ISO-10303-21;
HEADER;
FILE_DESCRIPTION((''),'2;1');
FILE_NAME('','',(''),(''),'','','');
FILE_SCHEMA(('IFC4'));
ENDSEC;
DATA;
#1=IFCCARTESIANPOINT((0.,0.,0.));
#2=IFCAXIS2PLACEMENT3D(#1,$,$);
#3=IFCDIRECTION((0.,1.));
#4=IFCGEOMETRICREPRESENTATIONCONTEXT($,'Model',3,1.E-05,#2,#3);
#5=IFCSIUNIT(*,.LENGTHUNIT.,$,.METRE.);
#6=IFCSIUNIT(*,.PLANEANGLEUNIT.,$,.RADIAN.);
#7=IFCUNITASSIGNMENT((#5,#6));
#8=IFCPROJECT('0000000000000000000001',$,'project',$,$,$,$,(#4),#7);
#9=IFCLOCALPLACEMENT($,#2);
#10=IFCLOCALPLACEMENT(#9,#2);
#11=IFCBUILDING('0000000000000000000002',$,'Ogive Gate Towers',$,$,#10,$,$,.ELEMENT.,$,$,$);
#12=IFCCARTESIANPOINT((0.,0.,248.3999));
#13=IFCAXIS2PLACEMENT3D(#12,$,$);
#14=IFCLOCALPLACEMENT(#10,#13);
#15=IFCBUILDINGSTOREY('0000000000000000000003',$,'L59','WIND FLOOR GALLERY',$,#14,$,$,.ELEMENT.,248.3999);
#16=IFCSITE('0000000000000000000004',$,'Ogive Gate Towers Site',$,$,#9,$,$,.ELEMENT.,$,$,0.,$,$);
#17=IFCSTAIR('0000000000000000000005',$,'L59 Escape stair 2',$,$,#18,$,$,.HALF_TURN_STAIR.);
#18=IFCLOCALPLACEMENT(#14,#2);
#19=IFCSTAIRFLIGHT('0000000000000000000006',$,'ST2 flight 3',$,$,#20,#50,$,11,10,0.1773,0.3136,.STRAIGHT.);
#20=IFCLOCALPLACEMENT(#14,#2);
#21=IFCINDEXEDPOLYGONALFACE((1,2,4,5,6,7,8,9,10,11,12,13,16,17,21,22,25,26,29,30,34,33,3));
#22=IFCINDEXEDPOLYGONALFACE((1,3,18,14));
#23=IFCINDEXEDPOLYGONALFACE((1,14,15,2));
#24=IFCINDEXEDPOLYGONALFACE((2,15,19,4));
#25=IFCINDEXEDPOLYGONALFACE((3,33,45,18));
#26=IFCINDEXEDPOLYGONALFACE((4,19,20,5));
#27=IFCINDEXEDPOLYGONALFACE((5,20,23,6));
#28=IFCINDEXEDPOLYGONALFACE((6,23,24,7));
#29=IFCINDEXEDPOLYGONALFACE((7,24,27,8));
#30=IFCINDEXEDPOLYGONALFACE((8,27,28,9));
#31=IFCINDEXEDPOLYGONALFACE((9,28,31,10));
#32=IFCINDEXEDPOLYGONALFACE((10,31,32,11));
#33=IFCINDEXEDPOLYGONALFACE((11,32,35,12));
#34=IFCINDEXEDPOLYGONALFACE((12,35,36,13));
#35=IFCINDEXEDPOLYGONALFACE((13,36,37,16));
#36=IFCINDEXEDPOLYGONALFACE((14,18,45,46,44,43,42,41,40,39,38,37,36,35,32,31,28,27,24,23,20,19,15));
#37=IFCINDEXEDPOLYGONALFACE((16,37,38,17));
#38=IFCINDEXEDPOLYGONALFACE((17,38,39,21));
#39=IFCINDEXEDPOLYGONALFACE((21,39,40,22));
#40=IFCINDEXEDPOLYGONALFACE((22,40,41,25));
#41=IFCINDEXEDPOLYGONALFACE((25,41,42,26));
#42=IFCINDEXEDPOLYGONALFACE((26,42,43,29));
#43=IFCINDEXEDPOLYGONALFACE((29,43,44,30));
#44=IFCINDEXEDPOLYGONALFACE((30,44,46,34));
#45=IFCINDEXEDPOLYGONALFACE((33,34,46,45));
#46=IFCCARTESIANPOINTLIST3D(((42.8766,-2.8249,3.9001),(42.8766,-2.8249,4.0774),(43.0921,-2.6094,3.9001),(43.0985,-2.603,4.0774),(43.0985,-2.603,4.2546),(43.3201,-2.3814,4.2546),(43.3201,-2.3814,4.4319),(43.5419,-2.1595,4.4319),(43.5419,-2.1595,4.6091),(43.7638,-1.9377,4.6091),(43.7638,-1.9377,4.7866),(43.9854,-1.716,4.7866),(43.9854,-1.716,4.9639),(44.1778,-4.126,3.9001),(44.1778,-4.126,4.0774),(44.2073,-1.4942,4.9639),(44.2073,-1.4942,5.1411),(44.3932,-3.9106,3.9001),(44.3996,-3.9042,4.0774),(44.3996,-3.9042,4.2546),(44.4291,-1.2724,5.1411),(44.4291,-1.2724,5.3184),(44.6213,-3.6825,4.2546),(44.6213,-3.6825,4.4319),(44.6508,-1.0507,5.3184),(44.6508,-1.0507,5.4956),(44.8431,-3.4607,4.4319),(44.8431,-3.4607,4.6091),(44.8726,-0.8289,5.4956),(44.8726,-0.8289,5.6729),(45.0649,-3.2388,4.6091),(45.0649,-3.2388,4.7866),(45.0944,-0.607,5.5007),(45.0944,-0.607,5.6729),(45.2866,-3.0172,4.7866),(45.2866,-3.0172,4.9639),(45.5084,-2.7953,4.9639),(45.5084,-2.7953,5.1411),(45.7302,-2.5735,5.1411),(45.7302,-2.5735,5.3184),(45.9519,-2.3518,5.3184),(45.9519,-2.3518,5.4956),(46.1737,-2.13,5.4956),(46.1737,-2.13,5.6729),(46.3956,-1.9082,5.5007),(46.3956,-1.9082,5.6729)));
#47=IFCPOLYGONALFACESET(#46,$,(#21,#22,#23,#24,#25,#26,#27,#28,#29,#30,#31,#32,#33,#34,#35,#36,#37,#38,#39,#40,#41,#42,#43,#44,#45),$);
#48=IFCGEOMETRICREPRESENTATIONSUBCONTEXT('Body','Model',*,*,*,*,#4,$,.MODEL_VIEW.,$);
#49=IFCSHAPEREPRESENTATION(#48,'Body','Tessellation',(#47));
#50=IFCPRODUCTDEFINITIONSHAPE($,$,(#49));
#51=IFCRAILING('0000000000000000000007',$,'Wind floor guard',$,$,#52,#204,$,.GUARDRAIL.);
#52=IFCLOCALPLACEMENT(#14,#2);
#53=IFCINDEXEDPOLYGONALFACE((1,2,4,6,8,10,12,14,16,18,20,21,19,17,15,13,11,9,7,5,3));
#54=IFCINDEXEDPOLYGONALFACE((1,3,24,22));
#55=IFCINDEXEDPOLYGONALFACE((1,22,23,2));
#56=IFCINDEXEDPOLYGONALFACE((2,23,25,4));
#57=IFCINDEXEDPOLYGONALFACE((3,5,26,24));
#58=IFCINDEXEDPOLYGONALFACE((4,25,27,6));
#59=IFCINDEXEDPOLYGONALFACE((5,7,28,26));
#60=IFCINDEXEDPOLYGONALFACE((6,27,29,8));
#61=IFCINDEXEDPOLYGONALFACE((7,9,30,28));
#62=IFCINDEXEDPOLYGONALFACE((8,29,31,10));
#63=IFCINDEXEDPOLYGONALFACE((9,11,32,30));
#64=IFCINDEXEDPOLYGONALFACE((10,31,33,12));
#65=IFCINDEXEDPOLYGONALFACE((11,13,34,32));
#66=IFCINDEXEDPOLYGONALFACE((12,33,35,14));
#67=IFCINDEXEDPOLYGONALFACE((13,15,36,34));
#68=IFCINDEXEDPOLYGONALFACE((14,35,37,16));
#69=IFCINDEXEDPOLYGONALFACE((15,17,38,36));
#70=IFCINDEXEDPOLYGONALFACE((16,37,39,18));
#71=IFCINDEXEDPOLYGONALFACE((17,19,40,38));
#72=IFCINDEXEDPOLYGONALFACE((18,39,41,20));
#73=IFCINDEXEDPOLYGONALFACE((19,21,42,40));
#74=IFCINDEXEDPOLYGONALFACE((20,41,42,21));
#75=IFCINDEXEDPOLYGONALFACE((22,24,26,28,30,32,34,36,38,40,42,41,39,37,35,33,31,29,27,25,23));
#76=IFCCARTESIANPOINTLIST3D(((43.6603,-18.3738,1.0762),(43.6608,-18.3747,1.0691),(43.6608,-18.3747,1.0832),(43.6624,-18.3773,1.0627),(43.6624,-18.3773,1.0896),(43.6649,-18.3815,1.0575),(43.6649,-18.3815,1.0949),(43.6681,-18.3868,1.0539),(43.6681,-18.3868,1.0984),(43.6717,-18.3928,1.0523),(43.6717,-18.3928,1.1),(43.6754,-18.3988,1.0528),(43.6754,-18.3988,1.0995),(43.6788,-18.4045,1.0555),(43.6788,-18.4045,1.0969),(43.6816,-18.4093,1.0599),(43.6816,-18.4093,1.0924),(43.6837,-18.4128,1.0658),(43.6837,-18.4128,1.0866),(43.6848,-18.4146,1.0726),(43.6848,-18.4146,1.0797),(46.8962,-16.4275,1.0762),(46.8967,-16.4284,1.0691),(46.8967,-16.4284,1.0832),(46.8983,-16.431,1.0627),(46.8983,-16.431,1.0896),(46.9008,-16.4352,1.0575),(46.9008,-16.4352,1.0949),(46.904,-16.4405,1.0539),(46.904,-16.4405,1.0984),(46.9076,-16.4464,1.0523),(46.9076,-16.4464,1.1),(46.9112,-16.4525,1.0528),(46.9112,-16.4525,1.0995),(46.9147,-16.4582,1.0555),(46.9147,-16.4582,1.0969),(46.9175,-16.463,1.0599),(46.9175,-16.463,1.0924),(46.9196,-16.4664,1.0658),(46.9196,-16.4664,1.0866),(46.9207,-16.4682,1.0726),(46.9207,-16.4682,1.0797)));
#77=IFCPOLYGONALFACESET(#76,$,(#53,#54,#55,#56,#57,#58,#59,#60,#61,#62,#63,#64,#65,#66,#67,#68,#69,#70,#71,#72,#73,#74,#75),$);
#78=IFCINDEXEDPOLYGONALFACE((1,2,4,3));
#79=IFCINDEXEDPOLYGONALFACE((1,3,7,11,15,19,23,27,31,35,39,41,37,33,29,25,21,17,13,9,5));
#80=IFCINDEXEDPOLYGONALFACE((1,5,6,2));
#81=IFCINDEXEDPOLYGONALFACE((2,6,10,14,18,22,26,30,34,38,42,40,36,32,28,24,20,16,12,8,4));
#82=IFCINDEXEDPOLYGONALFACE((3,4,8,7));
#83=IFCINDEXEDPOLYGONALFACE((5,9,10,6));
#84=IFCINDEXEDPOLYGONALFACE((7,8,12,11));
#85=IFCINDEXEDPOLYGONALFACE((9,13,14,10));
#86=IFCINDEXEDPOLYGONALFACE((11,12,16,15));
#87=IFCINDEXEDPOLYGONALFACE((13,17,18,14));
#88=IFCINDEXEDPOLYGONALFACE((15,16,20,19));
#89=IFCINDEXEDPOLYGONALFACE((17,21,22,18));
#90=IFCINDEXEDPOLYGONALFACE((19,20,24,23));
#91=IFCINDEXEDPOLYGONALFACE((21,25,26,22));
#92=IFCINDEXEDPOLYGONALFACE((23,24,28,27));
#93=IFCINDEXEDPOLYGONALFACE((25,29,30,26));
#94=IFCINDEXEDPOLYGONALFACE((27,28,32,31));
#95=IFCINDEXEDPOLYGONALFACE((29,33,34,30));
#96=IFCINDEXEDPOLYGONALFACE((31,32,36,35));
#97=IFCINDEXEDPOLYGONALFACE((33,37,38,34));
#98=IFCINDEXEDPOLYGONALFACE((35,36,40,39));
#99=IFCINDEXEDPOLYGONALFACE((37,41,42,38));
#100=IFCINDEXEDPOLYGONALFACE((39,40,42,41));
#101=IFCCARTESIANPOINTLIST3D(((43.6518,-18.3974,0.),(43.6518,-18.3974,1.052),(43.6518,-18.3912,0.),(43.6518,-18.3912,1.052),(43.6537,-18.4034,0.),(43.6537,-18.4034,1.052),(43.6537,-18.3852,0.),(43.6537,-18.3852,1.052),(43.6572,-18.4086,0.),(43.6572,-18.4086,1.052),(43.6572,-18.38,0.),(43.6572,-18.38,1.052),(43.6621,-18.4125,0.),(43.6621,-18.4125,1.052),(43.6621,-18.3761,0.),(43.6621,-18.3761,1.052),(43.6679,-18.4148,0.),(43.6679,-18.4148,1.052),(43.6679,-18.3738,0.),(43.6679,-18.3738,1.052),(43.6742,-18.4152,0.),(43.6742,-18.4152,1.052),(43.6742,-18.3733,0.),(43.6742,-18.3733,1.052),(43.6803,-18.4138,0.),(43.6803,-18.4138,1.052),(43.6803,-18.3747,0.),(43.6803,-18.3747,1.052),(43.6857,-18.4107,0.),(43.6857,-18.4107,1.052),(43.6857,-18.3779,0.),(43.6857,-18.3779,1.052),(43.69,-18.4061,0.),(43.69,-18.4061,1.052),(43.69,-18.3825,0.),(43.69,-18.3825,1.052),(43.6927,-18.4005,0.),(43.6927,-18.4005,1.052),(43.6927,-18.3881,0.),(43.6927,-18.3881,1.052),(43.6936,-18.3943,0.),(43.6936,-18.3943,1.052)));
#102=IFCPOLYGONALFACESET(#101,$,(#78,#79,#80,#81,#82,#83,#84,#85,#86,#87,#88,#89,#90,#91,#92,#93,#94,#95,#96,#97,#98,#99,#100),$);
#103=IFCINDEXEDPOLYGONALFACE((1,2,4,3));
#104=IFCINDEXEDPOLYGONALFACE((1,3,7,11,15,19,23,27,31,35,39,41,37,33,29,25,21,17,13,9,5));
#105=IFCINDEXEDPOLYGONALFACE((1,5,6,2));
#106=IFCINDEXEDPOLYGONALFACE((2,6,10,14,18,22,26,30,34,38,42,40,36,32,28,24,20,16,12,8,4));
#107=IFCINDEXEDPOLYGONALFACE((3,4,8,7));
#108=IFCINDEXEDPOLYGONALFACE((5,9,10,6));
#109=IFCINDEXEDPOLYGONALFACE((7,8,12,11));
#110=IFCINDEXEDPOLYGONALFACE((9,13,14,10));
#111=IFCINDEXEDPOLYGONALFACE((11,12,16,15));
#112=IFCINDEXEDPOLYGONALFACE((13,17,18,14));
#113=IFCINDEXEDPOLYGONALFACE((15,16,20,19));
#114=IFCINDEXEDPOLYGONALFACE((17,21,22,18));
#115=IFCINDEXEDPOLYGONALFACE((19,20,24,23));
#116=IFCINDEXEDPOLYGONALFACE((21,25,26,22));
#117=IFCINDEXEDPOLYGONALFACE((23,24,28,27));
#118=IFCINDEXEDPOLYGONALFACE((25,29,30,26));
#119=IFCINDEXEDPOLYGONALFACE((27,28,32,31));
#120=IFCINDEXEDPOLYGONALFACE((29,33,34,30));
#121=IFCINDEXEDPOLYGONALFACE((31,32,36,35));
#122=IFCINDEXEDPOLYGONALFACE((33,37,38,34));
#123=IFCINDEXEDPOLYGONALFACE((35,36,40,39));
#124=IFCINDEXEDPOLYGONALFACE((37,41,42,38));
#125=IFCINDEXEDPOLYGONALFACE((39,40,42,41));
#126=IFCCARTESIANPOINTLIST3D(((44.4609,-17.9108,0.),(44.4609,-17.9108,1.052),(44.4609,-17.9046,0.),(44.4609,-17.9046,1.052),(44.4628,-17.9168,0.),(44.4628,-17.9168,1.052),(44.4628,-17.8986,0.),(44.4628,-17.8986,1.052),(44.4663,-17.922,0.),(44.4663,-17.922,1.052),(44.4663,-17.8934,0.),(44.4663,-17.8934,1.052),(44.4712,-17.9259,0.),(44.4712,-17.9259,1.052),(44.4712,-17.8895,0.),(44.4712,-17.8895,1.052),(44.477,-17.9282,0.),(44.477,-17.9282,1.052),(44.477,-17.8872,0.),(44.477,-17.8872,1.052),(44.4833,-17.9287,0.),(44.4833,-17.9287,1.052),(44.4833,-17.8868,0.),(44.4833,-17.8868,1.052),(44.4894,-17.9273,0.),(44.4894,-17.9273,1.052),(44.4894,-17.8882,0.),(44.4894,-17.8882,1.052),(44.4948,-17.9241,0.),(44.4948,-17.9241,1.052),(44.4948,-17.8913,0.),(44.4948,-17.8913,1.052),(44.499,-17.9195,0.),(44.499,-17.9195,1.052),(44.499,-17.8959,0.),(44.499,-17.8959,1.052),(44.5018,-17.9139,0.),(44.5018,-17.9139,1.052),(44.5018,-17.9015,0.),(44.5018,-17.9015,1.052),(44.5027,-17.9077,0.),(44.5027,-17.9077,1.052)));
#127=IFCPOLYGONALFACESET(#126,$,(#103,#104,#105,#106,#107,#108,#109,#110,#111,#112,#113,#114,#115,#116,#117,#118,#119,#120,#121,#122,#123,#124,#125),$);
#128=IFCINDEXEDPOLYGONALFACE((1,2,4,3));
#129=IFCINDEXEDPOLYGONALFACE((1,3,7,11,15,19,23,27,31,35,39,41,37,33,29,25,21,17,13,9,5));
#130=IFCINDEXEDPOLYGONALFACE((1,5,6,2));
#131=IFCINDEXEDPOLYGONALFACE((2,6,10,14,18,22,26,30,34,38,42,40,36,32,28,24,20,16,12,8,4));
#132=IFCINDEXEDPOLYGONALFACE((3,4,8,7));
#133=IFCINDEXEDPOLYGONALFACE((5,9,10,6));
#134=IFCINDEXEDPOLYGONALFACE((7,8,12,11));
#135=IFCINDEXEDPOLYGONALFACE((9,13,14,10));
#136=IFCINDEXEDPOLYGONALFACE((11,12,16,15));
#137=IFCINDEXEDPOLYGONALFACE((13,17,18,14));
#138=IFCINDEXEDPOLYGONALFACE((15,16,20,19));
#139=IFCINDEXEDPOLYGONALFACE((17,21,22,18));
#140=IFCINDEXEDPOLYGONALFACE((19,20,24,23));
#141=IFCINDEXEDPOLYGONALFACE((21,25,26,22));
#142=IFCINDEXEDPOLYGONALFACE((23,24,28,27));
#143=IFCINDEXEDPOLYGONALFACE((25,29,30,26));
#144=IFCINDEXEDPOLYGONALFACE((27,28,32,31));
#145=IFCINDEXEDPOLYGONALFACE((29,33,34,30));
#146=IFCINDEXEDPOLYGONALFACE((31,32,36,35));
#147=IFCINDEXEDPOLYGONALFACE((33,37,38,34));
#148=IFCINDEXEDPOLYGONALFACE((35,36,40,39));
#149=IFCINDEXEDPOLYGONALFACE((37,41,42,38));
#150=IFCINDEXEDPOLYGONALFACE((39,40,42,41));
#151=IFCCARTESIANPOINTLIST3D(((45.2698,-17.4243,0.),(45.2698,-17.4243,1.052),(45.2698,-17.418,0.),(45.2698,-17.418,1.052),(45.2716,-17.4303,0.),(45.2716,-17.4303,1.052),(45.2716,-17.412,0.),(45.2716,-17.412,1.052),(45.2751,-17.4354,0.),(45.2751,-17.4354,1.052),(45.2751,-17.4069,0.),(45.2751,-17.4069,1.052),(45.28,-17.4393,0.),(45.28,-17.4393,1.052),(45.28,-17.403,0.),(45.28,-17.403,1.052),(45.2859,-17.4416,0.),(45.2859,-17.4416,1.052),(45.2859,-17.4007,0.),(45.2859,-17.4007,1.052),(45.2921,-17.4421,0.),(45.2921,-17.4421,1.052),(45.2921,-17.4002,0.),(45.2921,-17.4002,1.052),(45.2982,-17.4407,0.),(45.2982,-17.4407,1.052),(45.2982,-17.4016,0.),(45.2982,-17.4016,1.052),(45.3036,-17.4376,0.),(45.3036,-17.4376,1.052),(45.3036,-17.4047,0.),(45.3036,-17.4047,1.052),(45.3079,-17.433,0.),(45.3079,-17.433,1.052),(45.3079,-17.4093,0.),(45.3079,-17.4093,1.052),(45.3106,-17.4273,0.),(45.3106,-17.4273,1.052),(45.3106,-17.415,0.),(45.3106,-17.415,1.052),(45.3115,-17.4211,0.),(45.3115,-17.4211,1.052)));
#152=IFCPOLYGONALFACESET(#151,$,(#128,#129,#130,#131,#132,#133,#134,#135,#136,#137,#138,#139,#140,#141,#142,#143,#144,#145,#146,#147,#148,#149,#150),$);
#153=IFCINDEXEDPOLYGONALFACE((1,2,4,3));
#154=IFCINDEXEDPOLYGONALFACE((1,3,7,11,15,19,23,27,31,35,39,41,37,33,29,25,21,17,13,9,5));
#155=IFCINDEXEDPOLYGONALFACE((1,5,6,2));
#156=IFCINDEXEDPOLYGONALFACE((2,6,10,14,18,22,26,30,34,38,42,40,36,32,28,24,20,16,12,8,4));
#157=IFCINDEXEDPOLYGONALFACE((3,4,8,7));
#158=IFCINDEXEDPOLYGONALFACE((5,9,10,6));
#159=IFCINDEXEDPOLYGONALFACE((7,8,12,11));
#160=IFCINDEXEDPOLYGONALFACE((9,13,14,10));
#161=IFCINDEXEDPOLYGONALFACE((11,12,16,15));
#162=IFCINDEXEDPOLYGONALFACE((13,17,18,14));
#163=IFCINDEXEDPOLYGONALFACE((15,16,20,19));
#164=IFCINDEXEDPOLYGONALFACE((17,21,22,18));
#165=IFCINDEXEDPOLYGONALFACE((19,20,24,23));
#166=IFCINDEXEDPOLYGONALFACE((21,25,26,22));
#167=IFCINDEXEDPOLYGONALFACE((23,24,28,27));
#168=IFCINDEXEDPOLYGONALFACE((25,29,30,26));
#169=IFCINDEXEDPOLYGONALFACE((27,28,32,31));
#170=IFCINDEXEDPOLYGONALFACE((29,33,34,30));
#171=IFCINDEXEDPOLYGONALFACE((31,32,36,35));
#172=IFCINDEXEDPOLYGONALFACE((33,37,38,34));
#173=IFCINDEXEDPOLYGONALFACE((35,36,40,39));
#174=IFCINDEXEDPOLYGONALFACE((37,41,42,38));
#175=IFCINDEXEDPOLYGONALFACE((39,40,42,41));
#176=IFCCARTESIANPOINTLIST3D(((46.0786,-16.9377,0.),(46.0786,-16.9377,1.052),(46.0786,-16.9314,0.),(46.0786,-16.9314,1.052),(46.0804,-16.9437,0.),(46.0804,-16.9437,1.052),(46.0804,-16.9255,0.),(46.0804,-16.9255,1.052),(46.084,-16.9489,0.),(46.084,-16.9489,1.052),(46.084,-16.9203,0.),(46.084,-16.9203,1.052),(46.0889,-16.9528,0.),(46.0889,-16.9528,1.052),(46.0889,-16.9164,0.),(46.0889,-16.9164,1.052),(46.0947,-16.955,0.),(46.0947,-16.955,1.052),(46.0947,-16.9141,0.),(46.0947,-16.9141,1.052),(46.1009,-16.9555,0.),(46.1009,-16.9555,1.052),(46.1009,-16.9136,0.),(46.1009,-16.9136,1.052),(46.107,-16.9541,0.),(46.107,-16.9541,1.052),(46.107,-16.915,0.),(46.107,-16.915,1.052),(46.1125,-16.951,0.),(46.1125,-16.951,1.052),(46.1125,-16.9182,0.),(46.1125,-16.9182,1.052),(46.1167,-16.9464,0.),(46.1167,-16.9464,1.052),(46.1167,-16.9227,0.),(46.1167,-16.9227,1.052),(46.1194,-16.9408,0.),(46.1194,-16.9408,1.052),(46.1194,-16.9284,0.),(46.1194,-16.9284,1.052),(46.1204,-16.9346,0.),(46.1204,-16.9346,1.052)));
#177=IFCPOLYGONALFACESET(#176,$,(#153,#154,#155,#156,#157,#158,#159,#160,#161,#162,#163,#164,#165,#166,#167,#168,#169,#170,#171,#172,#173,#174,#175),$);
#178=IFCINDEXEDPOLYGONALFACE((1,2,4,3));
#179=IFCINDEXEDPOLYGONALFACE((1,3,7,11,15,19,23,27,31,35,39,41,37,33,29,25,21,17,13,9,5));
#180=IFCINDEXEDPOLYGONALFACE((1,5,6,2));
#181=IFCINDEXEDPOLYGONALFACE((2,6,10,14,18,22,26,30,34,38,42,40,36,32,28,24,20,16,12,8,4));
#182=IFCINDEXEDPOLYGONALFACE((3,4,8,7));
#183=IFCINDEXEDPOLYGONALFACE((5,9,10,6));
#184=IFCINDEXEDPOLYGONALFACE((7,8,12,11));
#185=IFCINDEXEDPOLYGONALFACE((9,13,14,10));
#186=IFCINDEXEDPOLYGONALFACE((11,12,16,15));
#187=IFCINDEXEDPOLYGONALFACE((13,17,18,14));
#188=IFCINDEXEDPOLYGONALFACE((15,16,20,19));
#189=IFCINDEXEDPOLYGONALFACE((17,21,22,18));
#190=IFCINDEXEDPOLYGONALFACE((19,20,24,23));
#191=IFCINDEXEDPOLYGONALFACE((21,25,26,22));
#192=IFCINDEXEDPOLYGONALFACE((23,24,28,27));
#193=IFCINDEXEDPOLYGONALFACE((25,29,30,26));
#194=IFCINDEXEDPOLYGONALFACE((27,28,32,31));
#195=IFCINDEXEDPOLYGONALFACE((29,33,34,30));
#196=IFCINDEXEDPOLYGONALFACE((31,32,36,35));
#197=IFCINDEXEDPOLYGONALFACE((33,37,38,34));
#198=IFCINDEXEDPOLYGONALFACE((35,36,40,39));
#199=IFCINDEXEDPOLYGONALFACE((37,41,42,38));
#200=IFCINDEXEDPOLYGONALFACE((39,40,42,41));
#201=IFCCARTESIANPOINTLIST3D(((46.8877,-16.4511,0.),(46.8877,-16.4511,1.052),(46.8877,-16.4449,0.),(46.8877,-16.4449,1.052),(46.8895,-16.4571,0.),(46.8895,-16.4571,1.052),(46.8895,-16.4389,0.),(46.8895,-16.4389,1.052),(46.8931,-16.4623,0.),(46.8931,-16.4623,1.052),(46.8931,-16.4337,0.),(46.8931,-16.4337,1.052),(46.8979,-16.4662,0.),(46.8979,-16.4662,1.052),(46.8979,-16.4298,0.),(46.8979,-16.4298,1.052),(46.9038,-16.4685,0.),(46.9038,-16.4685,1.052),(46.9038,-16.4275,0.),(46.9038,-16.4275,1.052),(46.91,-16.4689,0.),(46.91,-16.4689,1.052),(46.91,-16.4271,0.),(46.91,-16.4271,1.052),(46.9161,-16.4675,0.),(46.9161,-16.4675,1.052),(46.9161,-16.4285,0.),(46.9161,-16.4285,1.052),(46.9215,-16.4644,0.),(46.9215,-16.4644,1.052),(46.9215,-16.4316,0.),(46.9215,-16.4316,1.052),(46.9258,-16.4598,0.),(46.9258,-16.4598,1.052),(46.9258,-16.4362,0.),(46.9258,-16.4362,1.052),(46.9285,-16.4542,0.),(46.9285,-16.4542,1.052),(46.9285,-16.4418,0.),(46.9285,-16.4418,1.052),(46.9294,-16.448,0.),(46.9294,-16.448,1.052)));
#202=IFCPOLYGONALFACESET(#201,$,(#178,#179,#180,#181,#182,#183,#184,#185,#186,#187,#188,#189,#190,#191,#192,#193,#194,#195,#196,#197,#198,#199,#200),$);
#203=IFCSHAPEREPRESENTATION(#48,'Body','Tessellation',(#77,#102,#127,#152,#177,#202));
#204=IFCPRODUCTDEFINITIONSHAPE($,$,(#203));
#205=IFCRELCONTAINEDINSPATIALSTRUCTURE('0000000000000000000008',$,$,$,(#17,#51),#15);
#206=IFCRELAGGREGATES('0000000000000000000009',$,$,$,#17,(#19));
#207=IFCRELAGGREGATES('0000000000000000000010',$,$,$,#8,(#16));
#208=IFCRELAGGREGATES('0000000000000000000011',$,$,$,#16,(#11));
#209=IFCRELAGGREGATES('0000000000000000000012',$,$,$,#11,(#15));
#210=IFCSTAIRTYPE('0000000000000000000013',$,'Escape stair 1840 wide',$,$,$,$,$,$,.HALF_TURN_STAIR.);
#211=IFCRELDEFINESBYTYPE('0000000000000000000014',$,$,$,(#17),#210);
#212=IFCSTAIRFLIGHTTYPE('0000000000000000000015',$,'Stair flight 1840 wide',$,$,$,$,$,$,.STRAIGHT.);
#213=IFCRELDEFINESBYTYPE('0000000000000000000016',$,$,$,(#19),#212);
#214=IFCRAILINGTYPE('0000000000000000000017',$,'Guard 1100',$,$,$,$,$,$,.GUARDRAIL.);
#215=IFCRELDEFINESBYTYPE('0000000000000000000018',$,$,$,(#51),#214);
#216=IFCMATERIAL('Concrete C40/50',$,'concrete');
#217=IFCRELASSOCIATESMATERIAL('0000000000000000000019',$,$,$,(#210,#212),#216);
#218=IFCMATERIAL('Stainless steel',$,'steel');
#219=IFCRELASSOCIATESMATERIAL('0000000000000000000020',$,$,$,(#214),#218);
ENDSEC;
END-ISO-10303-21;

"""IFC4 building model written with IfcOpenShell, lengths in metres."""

from ifc_helpers import new_model, si_unit, direction, frame, origin, origin_2d, place, context, subcontext, project, spatial, polyline, circle, outline, extrude, material, type_object, element, aggregate, save


model = new_model("IFC4")

# Units and contexts
model_context = context("Model", 3, precision=1e-05, world=origin(), true_north=direction((0.0, 1.0)))
body_context = subcontext(model_context, "Body", "Model", "MODEL_VIEW")
ifc_project = project(units=[si_unit("LENGTHUNIT", "METRE"), si_unit("PLANEANGLEUNIT", "RADIAN")], contexts=[model_context])

# Site, building, storey
site_placement = place(None, origin())
site = spatial("IfcSite", under=ifc_project, at=site_placement, Name="Ogive Gate Towers Site", CompositionType="ELEMENT", RefElevation=0.0)
building_placement = place(site_placement, origin())
building = spatial("IfcBuilding", under=site, at=building_placement, Name="Ogive Gate Towers", CompositionType="ELEMENT")
storey_placement = place(building_placement, frame((0.0, 0.0, 248.3999)))
storey = spatial("IfcBuildingStorey", under=building, at=storey_placement, Name="L59", Description="WIND FLOOR GALLERY", CompositionType="ELEMENT", Elevation=248.3999)

# Shared definitions
ifc_material_1 = material(Name="Concrete C40/50", Category="concrete")

# Stair, stair flight
stair_type = type_object("IfcStairType", Name="Escape stair 1840 wide", PredefinedType="HALF_TURN_STAIR", material=ifc_material_1)
stair_placement = place(storey_placement, origin())
stair = element("IfcStair", 1, at=stair_placement, inside=storey, type_object=stair_type, Name="L59 Escape stair 2", PredefinedType="HALF_TURN_STAIR")
stair_flight_type = type_object("IfcStairFlightType", Name="Stair flight 1840 wide", PredefinedType="STRAIGHT", material=ifc_material_1)
stair_flight_1_placement = place(storey_placement, frame((43.5271, -3.4753, 3.9001), z_axis=(0.0, 0.0, 1.0), x_axis=(0.707107, 0.707107, 0.0)))
stair_flight_1 = element("IfcStairFlight", 2, at=stair_flight_1_placement, type_object=stair_flight_type, Name="ST2 flight 3", NumberOfRisers=11, NumberOfTreads=10, PredefinedType="STRAIGHT", RiserHeight=0.1773, TreadLength=0.3136, context=body_context, shape_type="SweptSolid", body=[
    extrude(outline(polyline([(0.0, 0.0), (0.0, 0.1772), (0.3137, 0.1772), (0.3137, 0.3545), (0.6272, 0.3545), (0.6272, 0.5317), (0.9409, 0.5317), (0.9409, 0.709), (1.2546, 0.709), (1.2546, 0.8865), (1.5681, 0.8865), (1.5681, 1.0637), (1.8818, 1.0637), (1.8818, 1.241), (2.1956, 1.241), (2.1956, 1.4182), (2.509, 1.4182), (2.509, 1.5955), (2.8228, 1.5955), (2.8228, 1.7727), (3.1365, 1.7727), (3.1365, 1.95), (3.1365, 1.6006), (0.3047, 0.0), (0.0, 0.0)])), frame((0.0, 0.9199, 0.0), z_axis=(0.0, -1.0, 0.0), x_axis=(1.0, 0.0, 0.0)), (0.0, 0.0, 1.0), 1.8401),
])
aggregate(stair, [stair_flight_1])

# Railing
ifc_material_2 = material(Name="Stainless steel", Category="steel")
railing_type_1 = type_object("IfcRailingType", Name="Guard 1100", PredefinedType="GUARDRAIL", material=ifc_material_2)
railing_1_placement = place(storey_placement, frame((43.6726, -18.3943, 0.0)))
element("IfcRailing", 3, at=railing_1_placement, inside=storey, type_object=railing_type_1, Name="Wind floor guard", PredefinedType="GUARDRAIL", context=body_context, shape_type="SweptSolid", body=[
    extrude(circle(Radius=0.0239, at=origin_2d()), frame((0.0, 0.0, 1.0762), z_axis=(0.856933, 0.515427, 0.0), x_axis=(-0.515427, 0.856933, 0.0)), (0.0, 0.0, 1.0), 3.7761),
    extrude(circle(Radius=0.021, at=origin_2d()), origin(), (0.0, 0.0, 1.0), 1.052),
    extrude(circle(Radius=0.021, at=origin_2d()), frame((0.8091, 0.4866, 0.0)), (0.0, 0.0, 1.0), 1.052),
    extrude(circle(Radius=0.021, at=origin_2d()), frame((1.6179, 0.9731, 0.0)), (0.0, 0.0, 1.0), 1.052),
    extrude(circle(Radius=0.021, at=origin_2d()), frame((2.4268, 1.4597, 0.0)), (0.0, 0.0, 1.0), 1.052),
    extrude(circle(Radius=0.021, at=origin_2d()), frame((3.2358, 1.9463, 0.0)), (0.0, 0.0, 1.0), 1.052),
])

save(model, "model.ifc")
